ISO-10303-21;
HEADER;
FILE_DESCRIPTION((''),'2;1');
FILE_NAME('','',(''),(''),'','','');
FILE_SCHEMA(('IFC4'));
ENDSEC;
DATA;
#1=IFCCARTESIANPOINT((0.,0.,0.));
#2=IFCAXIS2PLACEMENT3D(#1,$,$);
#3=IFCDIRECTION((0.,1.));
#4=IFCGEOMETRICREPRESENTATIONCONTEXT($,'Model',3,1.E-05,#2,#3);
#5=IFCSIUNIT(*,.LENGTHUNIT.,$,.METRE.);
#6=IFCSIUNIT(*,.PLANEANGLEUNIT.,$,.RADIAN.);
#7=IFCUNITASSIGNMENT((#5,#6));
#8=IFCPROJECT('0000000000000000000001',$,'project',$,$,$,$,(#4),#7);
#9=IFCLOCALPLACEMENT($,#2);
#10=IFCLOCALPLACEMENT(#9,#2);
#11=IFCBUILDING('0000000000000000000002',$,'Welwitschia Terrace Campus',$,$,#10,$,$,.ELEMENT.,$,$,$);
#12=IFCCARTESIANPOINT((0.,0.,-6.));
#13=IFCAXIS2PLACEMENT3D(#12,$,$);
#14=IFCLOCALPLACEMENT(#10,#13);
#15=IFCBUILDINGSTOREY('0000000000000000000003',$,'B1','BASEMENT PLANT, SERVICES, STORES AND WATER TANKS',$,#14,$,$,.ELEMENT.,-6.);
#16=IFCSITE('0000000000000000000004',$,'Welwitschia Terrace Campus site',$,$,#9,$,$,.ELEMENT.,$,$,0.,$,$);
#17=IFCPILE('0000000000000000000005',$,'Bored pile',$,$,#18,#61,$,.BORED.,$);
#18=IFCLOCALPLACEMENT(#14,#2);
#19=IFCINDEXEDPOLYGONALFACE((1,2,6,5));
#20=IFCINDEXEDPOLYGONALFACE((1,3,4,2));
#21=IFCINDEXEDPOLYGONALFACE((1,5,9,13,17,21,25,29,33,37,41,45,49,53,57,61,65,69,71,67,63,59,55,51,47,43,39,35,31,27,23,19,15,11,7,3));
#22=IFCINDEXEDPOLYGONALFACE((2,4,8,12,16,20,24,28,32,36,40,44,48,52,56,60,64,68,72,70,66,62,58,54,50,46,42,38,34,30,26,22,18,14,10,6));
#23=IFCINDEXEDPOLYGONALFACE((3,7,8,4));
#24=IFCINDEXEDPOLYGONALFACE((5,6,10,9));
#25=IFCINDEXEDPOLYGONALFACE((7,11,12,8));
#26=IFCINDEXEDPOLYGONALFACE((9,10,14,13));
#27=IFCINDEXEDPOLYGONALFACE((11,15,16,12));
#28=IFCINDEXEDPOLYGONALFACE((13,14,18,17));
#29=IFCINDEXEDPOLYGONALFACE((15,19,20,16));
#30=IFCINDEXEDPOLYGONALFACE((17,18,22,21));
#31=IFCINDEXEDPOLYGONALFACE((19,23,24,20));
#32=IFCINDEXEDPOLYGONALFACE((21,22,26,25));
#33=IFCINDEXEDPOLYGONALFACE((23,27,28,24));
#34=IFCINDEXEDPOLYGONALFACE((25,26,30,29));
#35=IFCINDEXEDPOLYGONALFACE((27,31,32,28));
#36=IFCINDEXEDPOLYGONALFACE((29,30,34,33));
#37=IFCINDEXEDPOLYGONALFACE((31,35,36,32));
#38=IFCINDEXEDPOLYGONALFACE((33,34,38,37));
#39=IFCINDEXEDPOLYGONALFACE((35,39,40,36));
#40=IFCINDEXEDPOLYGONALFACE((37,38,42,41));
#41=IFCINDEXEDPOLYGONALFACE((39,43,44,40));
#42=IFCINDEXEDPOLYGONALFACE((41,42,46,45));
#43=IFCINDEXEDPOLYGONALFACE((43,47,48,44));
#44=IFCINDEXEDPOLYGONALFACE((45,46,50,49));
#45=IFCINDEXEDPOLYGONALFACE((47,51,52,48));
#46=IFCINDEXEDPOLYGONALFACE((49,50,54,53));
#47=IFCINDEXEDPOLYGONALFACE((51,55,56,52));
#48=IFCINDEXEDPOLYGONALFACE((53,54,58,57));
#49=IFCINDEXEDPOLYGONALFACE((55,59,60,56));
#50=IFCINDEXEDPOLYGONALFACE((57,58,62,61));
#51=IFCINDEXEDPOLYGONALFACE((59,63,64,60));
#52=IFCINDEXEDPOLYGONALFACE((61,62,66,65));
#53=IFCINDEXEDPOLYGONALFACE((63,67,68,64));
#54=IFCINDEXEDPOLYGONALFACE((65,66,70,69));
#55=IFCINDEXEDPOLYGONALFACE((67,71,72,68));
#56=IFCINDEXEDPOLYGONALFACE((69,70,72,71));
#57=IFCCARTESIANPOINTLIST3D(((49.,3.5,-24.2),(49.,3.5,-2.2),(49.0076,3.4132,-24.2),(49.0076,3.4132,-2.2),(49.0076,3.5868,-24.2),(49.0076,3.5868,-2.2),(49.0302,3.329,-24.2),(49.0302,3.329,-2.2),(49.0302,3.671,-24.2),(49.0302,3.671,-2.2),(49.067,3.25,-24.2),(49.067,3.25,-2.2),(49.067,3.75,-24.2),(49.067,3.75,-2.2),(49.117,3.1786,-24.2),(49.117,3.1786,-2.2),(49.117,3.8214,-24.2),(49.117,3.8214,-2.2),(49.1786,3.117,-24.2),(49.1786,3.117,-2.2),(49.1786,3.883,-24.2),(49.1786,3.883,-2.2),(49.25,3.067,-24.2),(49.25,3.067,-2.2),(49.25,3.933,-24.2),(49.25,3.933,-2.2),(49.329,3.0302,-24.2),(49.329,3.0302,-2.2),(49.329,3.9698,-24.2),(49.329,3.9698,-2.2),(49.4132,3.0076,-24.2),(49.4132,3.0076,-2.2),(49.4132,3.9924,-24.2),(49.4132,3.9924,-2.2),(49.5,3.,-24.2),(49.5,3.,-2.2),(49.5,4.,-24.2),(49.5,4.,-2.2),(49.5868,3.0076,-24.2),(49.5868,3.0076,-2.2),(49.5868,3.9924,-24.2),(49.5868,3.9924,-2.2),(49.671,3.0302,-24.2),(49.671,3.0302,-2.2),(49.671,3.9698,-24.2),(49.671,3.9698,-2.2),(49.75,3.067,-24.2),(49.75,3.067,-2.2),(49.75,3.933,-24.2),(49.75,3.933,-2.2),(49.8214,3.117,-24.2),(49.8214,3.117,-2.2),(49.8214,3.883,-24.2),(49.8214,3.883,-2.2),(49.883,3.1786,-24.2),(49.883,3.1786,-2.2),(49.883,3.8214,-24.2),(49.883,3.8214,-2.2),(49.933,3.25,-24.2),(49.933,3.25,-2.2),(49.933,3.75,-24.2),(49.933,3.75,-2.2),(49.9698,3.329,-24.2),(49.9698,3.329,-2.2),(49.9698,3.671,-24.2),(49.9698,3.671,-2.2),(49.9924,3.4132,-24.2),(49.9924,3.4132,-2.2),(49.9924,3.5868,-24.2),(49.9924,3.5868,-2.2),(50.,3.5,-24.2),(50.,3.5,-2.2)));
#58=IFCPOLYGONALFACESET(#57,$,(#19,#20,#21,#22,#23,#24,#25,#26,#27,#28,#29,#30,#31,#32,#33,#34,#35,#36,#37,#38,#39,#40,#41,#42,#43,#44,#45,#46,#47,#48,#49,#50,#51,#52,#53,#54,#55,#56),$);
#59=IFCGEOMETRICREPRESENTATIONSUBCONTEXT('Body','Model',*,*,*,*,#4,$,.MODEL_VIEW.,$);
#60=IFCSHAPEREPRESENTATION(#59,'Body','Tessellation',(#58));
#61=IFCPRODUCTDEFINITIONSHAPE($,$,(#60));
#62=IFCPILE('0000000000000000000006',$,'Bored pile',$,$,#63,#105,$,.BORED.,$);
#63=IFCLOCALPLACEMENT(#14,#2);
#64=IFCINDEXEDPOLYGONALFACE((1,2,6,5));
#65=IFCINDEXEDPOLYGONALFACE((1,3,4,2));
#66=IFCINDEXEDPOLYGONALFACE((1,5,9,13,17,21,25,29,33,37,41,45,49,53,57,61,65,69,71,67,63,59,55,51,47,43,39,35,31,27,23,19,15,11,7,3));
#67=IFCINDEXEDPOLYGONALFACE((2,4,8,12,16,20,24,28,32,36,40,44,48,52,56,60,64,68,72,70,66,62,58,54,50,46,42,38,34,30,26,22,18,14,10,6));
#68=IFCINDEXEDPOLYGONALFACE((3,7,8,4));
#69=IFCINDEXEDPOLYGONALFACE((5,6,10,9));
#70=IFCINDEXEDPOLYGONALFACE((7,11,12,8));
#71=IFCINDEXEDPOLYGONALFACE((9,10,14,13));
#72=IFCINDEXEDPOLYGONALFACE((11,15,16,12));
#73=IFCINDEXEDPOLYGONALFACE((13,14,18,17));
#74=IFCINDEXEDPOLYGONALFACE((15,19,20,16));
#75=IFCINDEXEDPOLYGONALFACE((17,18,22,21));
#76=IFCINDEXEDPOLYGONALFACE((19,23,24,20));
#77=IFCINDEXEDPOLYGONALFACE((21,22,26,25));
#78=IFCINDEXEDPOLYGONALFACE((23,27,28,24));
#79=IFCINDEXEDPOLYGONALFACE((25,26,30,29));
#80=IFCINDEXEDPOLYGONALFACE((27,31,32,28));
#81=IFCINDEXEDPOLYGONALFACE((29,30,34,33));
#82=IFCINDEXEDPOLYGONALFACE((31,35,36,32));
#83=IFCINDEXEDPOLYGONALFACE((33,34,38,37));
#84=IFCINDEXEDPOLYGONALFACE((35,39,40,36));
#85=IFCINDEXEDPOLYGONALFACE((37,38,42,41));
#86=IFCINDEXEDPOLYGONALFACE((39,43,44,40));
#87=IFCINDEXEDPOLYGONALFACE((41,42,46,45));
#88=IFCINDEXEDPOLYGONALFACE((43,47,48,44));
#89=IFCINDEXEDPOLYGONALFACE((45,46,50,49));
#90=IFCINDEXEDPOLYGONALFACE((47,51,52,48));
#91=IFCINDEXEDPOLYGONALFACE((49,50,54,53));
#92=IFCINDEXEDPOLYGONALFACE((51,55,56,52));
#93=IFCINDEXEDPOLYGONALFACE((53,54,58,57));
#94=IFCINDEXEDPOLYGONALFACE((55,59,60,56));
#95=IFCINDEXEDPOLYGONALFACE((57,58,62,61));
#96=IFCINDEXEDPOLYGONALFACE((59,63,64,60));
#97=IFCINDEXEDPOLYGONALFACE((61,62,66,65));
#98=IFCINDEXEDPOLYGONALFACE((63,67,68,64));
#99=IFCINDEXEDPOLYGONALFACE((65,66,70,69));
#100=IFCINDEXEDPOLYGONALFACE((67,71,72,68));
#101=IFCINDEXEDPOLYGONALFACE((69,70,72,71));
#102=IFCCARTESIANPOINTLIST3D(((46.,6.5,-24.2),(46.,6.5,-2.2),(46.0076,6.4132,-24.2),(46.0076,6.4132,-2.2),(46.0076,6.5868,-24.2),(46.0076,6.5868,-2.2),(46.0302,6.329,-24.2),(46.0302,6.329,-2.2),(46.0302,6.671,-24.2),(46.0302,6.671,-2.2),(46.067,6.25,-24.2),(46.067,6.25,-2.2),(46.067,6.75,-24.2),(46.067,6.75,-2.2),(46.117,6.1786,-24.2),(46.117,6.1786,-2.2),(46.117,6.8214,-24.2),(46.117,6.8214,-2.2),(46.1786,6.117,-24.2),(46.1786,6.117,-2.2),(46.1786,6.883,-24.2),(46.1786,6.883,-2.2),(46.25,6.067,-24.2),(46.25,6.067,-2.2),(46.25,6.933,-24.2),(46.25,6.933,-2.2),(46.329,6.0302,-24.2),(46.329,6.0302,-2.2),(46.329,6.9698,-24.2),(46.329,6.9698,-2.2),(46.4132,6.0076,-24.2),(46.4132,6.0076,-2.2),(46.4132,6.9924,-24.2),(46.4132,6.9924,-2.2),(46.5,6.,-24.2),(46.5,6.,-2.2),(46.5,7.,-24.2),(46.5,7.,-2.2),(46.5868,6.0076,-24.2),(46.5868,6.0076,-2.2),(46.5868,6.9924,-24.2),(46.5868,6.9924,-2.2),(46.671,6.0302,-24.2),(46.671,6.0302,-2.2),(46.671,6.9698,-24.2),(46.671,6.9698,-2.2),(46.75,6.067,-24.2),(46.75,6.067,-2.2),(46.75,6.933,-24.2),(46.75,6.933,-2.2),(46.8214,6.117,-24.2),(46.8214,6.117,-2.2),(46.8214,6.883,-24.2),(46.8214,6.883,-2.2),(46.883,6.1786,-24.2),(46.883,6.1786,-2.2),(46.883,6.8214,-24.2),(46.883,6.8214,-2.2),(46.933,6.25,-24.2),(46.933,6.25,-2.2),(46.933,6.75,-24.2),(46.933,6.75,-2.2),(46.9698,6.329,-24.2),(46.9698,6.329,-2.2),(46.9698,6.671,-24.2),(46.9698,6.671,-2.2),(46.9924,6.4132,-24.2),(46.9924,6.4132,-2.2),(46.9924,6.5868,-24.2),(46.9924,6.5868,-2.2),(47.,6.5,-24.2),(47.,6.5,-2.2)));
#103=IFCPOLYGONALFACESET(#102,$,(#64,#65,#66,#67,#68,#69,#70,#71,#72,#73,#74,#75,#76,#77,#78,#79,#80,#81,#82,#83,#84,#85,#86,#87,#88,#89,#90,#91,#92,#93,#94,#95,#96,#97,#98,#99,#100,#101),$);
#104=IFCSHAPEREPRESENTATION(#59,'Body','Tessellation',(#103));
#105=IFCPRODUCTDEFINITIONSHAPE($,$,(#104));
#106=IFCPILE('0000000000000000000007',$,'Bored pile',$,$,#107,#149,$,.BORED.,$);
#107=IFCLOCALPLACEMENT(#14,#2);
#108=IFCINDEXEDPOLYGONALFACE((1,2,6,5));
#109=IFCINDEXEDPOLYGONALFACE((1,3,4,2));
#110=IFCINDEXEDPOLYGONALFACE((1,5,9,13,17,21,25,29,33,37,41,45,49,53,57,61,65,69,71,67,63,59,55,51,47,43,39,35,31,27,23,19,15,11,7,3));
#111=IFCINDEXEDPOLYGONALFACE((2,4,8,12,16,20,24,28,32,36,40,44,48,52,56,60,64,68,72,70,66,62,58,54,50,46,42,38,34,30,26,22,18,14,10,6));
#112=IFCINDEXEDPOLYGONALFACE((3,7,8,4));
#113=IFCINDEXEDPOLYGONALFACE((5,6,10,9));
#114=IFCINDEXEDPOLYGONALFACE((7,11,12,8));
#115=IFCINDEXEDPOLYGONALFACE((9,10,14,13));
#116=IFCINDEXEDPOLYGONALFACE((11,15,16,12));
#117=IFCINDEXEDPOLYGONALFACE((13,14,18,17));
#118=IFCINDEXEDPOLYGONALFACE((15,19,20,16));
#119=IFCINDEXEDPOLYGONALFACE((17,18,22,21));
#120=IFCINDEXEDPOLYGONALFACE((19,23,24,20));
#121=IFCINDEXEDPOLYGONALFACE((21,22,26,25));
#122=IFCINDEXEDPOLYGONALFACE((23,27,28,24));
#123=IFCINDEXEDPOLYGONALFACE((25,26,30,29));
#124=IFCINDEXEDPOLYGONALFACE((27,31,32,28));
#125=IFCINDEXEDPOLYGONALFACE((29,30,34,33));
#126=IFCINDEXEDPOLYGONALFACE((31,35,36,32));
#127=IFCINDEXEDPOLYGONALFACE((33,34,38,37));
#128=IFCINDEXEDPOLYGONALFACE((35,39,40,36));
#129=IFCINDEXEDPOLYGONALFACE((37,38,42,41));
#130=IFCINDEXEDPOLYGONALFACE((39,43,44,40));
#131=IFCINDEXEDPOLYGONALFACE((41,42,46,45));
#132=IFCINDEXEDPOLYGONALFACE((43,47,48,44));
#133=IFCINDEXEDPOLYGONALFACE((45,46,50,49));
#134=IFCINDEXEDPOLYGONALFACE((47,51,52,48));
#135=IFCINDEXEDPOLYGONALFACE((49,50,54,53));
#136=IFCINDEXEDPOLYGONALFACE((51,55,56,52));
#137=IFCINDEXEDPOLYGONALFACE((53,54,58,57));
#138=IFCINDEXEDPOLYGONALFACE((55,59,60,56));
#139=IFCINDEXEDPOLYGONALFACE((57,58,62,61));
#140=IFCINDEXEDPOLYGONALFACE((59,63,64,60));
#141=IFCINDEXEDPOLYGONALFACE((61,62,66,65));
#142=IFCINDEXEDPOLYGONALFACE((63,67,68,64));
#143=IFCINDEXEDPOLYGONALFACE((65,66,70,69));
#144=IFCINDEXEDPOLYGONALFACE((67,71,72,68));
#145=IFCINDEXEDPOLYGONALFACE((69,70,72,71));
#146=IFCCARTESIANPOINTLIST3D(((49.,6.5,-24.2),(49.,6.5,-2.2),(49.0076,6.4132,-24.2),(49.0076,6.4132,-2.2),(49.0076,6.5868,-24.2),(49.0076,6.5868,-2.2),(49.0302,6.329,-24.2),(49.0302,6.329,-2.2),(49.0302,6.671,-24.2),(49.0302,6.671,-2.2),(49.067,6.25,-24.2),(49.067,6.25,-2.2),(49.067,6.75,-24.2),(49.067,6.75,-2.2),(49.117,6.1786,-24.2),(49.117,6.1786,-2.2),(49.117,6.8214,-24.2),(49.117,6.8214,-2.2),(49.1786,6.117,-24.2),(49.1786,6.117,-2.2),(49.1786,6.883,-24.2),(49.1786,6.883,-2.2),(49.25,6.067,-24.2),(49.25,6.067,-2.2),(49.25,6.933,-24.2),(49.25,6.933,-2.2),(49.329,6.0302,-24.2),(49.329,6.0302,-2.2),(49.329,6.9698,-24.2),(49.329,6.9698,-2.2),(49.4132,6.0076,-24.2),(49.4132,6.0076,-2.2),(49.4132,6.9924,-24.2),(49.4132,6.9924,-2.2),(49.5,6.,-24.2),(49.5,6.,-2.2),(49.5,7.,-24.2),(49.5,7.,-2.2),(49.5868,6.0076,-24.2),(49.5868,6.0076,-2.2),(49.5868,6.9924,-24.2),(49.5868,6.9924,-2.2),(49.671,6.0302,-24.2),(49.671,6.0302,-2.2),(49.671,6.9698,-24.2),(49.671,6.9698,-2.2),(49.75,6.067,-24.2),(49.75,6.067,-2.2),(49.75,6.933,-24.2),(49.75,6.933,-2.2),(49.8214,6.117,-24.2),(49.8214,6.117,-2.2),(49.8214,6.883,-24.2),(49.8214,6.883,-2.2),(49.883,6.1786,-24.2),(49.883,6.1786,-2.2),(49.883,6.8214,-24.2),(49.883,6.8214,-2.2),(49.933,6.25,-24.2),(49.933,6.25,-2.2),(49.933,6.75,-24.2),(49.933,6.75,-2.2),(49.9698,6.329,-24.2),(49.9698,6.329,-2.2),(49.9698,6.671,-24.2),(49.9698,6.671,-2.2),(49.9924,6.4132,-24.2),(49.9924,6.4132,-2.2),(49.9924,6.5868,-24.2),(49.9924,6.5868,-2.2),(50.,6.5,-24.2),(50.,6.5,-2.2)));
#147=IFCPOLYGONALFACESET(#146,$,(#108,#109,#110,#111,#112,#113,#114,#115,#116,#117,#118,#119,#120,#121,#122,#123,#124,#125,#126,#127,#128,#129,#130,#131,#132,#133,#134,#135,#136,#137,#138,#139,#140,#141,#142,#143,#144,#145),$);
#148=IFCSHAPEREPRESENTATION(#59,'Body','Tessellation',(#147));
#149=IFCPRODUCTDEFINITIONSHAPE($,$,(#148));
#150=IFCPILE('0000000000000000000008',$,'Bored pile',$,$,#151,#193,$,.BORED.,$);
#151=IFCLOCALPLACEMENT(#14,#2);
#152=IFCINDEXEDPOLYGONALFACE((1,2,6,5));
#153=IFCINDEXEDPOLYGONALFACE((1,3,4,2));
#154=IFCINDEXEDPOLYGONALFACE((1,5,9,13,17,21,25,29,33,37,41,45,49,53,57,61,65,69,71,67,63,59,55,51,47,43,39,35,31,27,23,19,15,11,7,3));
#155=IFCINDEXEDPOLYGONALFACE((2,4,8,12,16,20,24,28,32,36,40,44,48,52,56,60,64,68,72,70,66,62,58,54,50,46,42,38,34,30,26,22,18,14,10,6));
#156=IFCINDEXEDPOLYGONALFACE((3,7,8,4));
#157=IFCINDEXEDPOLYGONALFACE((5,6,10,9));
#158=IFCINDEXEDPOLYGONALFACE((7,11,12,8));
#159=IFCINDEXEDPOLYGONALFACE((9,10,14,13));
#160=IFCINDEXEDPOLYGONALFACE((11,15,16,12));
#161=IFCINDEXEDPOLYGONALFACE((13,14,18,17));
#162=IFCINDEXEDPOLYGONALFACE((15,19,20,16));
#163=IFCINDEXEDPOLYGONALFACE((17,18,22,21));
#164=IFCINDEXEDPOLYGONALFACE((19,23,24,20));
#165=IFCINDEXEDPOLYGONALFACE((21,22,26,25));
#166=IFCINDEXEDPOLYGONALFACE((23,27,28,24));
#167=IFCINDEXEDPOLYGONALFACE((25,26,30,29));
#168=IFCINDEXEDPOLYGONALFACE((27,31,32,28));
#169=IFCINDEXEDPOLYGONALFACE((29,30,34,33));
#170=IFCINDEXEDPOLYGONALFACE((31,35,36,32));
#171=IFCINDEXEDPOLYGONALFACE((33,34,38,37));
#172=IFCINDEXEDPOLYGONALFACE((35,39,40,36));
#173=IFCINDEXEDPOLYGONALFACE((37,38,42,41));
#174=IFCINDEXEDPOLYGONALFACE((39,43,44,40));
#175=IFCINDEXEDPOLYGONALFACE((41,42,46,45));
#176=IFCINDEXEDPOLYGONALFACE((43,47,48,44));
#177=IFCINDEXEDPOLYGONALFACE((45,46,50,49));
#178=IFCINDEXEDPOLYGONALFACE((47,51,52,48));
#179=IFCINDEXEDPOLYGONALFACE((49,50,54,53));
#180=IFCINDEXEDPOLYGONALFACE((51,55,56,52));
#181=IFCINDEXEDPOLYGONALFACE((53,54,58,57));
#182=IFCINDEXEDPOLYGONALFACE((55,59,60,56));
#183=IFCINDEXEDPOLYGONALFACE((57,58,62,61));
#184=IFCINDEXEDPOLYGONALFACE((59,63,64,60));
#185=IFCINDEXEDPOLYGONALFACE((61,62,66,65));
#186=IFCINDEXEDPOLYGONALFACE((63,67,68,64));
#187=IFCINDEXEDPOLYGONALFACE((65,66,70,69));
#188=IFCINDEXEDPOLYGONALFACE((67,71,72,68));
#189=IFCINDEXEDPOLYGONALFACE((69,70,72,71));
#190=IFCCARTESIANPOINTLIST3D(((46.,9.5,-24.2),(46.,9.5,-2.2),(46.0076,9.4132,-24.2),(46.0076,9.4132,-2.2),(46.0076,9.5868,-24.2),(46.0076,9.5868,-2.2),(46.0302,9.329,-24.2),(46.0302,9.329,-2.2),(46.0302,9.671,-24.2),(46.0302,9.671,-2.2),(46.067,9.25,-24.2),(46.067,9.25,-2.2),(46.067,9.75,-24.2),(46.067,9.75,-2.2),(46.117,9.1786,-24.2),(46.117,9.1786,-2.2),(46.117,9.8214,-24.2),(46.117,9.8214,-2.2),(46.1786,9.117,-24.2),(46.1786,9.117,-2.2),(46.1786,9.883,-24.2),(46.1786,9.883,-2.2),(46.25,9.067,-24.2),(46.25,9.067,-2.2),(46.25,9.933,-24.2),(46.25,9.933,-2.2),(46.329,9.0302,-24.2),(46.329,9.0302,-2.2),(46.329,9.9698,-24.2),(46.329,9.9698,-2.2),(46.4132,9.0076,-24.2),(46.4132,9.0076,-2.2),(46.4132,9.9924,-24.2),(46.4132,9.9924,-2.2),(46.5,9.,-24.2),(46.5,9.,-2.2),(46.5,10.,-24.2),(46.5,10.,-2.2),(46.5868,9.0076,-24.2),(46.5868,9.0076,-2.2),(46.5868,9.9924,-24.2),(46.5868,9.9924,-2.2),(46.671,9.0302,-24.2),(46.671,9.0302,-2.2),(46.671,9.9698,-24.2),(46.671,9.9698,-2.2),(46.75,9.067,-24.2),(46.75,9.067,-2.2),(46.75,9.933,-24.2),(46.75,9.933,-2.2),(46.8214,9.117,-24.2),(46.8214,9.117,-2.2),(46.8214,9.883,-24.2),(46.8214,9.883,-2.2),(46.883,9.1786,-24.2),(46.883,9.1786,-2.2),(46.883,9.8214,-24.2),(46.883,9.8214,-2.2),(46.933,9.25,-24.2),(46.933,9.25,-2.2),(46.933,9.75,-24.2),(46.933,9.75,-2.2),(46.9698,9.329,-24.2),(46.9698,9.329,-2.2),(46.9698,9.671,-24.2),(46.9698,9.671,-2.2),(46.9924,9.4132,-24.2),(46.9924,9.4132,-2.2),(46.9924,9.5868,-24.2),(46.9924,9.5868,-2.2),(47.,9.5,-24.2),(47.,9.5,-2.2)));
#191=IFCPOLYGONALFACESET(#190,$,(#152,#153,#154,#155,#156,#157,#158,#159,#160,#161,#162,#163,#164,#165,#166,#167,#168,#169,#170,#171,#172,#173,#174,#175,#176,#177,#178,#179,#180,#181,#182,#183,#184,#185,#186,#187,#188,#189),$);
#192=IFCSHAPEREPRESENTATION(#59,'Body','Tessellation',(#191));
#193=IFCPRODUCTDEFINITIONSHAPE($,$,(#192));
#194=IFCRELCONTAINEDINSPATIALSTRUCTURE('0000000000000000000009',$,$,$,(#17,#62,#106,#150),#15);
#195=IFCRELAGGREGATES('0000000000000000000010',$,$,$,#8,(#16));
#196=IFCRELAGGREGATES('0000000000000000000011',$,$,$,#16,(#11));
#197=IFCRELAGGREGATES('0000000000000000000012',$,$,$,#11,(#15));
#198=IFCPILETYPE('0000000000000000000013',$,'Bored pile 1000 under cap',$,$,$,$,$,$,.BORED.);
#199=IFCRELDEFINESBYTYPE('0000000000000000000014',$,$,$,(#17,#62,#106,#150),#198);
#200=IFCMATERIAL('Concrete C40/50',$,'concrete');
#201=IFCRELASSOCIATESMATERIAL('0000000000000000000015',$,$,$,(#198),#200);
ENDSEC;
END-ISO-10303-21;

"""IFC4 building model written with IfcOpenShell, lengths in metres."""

from ifc_helpers import new_model, si_unit, direction, frame, origin, origin_2d, place, context, subcontext, project, spatial, circle, extrude, material, type_object, element, save


model = new_model("IFC4")

# Units and contexts
model_context = context("Model", 3, precision=1e-05, world=origin(), true_north=direction((0.0, 1.0)))
body_context = subcontext(model_context, "Body", "Model", "MODEL_VIEW")
ifc_project = project(units=[si_unit("LENGTHUNIT", "METRE"), si_unit("PLANEANGLEUNIT", "RADIAN")], contexts=[model_context])

# Site, building, storey
site_placement = place(None, origin())
site = spatial("IfcSite", under=ifc_project, at=site_placement, Name="Welwitschia Terrace Campus site", CompositionType="ELEMENT", RefElevation=0.0)
building_placement = place(site_placement, origin())
building = spatial("IfcBuilding", under=site, at=building_placement, Name="Welwitschia Terrace Campus", CompositionType="ELEMENT")
storey_placement = place(building_placement, frame((0.0, 0.0, -6.0)))
storey = spatial("IfcBuildingStorey", under=building, at=storey_placement, Name="B1", Description="BASEMENT PLANT, SERVICES, STORES AND WATER TANKS", CompositionType="ELEMENT", Elevation=-6.0)

# Piles
ifc_material_1 = material(Name="Concrete C40/50", Category="concrete")
pile_type = type_object("IfcPileType", Name="Bored pile 1000 under cap", PredefinedType="BORED", material=ifc_material_1)
for number, where, z_axis, x_axis, name in (
    (1, (49.5, 3.5, -2.2), (0.0, 0.0, -1.0), (1.0, 0.0, 0.0), "Bored pile"),
    (2, (46.5, 6.5, -2.2), (0.0, 0.0, -1.0), (1.0, 0.0, 0.0), "Bored pile"),
    (3, (49.5, 6.5, -2.2), (0.0, 0.0, -1.0), (1.0, 0.0, 0.0), "Bored pile"),
    (4, (46.5, 9.5, -2.2), (0.0, 0.0, -1.0), (1.0, 0.0, 0.0), "Bored pile"),
):
    element("IfcPile", number, at=place(storey_placement, frame(where, z_axis=z_axis, x_axis=x_axis)), inside=storey, type_object=pile_type, Name=name, PredefinedType="BORED", context=body_context, shape_type="SweptSolid", body=[
        extrude(circle(Radius=0.5, at=origin_2d()), origin(), (0.0, 0.0, 1.0), 22.0),
    ])

save(model, "model.ifc")
